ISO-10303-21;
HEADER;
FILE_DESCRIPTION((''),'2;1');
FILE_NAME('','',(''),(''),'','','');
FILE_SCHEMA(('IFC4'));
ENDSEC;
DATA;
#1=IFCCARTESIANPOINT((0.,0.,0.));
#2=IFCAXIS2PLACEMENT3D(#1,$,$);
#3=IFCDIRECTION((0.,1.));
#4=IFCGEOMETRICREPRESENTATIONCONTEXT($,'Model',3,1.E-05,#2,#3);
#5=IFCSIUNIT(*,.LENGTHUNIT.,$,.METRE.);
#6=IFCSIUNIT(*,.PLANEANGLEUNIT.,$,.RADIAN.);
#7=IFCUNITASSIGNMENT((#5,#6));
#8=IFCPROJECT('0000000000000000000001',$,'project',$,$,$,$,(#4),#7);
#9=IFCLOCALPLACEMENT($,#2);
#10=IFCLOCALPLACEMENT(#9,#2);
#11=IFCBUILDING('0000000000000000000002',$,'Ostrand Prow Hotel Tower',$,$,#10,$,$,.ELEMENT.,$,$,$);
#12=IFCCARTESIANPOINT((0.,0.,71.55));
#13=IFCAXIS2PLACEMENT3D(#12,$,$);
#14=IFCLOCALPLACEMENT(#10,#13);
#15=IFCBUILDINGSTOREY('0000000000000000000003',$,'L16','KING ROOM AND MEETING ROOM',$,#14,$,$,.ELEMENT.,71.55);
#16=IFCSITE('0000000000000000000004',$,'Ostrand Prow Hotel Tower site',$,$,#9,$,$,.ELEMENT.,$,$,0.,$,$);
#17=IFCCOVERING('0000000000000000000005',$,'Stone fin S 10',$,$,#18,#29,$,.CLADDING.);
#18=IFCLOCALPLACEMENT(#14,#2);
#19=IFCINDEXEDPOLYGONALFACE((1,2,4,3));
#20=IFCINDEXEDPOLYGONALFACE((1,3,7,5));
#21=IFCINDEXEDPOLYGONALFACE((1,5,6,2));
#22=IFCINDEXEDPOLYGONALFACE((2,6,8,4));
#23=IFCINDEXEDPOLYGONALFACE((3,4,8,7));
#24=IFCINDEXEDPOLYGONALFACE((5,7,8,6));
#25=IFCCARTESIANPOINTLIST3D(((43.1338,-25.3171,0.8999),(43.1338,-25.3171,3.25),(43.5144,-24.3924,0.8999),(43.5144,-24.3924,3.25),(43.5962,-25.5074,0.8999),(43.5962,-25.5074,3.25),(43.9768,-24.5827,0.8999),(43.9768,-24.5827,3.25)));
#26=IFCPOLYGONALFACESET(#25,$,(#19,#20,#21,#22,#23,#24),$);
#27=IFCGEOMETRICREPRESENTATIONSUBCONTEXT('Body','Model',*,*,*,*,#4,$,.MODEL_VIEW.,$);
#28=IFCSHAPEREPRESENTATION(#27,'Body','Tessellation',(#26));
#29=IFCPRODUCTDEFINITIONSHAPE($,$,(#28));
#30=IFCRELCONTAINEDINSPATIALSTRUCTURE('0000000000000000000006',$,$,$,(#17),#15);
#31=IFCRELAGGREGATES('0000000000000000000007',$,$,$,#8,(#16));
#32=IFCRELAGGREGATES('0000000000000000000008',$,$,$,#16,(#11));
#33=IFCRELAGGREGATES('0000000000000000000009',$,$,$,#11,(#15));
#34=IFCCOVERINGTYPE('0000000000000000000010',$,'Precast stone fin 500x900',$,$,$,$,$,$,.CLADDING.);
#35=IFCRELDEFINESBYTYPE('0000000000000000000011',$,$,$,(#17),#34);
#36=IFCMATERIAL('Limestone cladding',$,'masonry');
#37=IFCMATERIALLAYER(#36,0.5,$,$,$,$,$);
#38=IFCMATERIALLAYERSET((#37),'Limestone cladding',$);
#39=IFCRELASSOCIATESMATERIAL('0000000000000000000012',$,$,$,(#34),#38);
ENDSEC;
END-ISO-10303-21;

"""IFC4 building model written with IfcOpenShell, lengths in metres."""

from ifc_helpers import new_model, si_unit, direction, frame, frame_2d, origin, place, context, subcontext, project, spatial, rectangle, extrude, material, layer, layer_set, type_object, element, save


model = new_model("IFC4")

# Units and contexts
model_context = context("Model", 3, precision=1e-05, world=origin(), true_north=direction((0.0, 1.0)))
body_context = subcontext(model_context, "Body", "Model", "MODEL_VIEW")
ifc_project = project(units=[si_unit("LENGTHUNIT", "METRE"), si_unit("PLANEANGLEUNIT", "RADIAN")], contexts=[model_context])

# Site, building, storey
site_placement = place(None, origin())
site = spatial("IfcSite", under=ifc_project, at=site_placement, Name="Ostrand Prow Hotel Tower site", CompositionType="ELEMENT", RefElevation=0.0)
building_placement = place(site_placement, origin())
building = spatial("IfcBuilding", under=site, at=building_placement, Name="Ostrand Prow Hotel Tower", CompositionType="ELEMENT")
storey_placement = place(building_placement, frame((0.0, 0.0, 71.55)))
storey = spatial("IfcBuildingStorey", under=building, at=storey_placement, Name="L16", Description="KING ROOM AND MEETING ROOM", CompositionType="ELEMENT", Elevation=71.55)

# Covering
ifc_material_1 = material(Name="Limestone cladding", Category="masonry")
ifc_layer_1 = layer(ifc_material_1, 0.5)
ifc_layer_set_1 = layer_set([ifc_layer_1], Name="Limestone cladding")
covering_type = type_object("IfcCoveringType", Name="Precast stone fin 500x900", PredefinedType="CLADDING", material=ifc_layer_set_1)
covering_placement = place(storey_placement, frame((43.7456, -24.4875, 0.8999), z_axis=(0.0, 0.0, 1.0), x_axis=(-0.38059, -0.924744, 0.0)))
element("IfcCovering", 1, at=covering_placement, inside=storey, type_object=covering_type, Name="Stone fin S 10", PredefinedType="CLADDING", context=body_context, shape_type="SweptSolid", body=[
    extrude(rectangle(XDim=1.0, YDim=0.5, at=frame_2d((0.5, 0.0))), origin(), (0.0, 0.0, 1.0), 2.3501),
])

save(model, "model.ifc")
